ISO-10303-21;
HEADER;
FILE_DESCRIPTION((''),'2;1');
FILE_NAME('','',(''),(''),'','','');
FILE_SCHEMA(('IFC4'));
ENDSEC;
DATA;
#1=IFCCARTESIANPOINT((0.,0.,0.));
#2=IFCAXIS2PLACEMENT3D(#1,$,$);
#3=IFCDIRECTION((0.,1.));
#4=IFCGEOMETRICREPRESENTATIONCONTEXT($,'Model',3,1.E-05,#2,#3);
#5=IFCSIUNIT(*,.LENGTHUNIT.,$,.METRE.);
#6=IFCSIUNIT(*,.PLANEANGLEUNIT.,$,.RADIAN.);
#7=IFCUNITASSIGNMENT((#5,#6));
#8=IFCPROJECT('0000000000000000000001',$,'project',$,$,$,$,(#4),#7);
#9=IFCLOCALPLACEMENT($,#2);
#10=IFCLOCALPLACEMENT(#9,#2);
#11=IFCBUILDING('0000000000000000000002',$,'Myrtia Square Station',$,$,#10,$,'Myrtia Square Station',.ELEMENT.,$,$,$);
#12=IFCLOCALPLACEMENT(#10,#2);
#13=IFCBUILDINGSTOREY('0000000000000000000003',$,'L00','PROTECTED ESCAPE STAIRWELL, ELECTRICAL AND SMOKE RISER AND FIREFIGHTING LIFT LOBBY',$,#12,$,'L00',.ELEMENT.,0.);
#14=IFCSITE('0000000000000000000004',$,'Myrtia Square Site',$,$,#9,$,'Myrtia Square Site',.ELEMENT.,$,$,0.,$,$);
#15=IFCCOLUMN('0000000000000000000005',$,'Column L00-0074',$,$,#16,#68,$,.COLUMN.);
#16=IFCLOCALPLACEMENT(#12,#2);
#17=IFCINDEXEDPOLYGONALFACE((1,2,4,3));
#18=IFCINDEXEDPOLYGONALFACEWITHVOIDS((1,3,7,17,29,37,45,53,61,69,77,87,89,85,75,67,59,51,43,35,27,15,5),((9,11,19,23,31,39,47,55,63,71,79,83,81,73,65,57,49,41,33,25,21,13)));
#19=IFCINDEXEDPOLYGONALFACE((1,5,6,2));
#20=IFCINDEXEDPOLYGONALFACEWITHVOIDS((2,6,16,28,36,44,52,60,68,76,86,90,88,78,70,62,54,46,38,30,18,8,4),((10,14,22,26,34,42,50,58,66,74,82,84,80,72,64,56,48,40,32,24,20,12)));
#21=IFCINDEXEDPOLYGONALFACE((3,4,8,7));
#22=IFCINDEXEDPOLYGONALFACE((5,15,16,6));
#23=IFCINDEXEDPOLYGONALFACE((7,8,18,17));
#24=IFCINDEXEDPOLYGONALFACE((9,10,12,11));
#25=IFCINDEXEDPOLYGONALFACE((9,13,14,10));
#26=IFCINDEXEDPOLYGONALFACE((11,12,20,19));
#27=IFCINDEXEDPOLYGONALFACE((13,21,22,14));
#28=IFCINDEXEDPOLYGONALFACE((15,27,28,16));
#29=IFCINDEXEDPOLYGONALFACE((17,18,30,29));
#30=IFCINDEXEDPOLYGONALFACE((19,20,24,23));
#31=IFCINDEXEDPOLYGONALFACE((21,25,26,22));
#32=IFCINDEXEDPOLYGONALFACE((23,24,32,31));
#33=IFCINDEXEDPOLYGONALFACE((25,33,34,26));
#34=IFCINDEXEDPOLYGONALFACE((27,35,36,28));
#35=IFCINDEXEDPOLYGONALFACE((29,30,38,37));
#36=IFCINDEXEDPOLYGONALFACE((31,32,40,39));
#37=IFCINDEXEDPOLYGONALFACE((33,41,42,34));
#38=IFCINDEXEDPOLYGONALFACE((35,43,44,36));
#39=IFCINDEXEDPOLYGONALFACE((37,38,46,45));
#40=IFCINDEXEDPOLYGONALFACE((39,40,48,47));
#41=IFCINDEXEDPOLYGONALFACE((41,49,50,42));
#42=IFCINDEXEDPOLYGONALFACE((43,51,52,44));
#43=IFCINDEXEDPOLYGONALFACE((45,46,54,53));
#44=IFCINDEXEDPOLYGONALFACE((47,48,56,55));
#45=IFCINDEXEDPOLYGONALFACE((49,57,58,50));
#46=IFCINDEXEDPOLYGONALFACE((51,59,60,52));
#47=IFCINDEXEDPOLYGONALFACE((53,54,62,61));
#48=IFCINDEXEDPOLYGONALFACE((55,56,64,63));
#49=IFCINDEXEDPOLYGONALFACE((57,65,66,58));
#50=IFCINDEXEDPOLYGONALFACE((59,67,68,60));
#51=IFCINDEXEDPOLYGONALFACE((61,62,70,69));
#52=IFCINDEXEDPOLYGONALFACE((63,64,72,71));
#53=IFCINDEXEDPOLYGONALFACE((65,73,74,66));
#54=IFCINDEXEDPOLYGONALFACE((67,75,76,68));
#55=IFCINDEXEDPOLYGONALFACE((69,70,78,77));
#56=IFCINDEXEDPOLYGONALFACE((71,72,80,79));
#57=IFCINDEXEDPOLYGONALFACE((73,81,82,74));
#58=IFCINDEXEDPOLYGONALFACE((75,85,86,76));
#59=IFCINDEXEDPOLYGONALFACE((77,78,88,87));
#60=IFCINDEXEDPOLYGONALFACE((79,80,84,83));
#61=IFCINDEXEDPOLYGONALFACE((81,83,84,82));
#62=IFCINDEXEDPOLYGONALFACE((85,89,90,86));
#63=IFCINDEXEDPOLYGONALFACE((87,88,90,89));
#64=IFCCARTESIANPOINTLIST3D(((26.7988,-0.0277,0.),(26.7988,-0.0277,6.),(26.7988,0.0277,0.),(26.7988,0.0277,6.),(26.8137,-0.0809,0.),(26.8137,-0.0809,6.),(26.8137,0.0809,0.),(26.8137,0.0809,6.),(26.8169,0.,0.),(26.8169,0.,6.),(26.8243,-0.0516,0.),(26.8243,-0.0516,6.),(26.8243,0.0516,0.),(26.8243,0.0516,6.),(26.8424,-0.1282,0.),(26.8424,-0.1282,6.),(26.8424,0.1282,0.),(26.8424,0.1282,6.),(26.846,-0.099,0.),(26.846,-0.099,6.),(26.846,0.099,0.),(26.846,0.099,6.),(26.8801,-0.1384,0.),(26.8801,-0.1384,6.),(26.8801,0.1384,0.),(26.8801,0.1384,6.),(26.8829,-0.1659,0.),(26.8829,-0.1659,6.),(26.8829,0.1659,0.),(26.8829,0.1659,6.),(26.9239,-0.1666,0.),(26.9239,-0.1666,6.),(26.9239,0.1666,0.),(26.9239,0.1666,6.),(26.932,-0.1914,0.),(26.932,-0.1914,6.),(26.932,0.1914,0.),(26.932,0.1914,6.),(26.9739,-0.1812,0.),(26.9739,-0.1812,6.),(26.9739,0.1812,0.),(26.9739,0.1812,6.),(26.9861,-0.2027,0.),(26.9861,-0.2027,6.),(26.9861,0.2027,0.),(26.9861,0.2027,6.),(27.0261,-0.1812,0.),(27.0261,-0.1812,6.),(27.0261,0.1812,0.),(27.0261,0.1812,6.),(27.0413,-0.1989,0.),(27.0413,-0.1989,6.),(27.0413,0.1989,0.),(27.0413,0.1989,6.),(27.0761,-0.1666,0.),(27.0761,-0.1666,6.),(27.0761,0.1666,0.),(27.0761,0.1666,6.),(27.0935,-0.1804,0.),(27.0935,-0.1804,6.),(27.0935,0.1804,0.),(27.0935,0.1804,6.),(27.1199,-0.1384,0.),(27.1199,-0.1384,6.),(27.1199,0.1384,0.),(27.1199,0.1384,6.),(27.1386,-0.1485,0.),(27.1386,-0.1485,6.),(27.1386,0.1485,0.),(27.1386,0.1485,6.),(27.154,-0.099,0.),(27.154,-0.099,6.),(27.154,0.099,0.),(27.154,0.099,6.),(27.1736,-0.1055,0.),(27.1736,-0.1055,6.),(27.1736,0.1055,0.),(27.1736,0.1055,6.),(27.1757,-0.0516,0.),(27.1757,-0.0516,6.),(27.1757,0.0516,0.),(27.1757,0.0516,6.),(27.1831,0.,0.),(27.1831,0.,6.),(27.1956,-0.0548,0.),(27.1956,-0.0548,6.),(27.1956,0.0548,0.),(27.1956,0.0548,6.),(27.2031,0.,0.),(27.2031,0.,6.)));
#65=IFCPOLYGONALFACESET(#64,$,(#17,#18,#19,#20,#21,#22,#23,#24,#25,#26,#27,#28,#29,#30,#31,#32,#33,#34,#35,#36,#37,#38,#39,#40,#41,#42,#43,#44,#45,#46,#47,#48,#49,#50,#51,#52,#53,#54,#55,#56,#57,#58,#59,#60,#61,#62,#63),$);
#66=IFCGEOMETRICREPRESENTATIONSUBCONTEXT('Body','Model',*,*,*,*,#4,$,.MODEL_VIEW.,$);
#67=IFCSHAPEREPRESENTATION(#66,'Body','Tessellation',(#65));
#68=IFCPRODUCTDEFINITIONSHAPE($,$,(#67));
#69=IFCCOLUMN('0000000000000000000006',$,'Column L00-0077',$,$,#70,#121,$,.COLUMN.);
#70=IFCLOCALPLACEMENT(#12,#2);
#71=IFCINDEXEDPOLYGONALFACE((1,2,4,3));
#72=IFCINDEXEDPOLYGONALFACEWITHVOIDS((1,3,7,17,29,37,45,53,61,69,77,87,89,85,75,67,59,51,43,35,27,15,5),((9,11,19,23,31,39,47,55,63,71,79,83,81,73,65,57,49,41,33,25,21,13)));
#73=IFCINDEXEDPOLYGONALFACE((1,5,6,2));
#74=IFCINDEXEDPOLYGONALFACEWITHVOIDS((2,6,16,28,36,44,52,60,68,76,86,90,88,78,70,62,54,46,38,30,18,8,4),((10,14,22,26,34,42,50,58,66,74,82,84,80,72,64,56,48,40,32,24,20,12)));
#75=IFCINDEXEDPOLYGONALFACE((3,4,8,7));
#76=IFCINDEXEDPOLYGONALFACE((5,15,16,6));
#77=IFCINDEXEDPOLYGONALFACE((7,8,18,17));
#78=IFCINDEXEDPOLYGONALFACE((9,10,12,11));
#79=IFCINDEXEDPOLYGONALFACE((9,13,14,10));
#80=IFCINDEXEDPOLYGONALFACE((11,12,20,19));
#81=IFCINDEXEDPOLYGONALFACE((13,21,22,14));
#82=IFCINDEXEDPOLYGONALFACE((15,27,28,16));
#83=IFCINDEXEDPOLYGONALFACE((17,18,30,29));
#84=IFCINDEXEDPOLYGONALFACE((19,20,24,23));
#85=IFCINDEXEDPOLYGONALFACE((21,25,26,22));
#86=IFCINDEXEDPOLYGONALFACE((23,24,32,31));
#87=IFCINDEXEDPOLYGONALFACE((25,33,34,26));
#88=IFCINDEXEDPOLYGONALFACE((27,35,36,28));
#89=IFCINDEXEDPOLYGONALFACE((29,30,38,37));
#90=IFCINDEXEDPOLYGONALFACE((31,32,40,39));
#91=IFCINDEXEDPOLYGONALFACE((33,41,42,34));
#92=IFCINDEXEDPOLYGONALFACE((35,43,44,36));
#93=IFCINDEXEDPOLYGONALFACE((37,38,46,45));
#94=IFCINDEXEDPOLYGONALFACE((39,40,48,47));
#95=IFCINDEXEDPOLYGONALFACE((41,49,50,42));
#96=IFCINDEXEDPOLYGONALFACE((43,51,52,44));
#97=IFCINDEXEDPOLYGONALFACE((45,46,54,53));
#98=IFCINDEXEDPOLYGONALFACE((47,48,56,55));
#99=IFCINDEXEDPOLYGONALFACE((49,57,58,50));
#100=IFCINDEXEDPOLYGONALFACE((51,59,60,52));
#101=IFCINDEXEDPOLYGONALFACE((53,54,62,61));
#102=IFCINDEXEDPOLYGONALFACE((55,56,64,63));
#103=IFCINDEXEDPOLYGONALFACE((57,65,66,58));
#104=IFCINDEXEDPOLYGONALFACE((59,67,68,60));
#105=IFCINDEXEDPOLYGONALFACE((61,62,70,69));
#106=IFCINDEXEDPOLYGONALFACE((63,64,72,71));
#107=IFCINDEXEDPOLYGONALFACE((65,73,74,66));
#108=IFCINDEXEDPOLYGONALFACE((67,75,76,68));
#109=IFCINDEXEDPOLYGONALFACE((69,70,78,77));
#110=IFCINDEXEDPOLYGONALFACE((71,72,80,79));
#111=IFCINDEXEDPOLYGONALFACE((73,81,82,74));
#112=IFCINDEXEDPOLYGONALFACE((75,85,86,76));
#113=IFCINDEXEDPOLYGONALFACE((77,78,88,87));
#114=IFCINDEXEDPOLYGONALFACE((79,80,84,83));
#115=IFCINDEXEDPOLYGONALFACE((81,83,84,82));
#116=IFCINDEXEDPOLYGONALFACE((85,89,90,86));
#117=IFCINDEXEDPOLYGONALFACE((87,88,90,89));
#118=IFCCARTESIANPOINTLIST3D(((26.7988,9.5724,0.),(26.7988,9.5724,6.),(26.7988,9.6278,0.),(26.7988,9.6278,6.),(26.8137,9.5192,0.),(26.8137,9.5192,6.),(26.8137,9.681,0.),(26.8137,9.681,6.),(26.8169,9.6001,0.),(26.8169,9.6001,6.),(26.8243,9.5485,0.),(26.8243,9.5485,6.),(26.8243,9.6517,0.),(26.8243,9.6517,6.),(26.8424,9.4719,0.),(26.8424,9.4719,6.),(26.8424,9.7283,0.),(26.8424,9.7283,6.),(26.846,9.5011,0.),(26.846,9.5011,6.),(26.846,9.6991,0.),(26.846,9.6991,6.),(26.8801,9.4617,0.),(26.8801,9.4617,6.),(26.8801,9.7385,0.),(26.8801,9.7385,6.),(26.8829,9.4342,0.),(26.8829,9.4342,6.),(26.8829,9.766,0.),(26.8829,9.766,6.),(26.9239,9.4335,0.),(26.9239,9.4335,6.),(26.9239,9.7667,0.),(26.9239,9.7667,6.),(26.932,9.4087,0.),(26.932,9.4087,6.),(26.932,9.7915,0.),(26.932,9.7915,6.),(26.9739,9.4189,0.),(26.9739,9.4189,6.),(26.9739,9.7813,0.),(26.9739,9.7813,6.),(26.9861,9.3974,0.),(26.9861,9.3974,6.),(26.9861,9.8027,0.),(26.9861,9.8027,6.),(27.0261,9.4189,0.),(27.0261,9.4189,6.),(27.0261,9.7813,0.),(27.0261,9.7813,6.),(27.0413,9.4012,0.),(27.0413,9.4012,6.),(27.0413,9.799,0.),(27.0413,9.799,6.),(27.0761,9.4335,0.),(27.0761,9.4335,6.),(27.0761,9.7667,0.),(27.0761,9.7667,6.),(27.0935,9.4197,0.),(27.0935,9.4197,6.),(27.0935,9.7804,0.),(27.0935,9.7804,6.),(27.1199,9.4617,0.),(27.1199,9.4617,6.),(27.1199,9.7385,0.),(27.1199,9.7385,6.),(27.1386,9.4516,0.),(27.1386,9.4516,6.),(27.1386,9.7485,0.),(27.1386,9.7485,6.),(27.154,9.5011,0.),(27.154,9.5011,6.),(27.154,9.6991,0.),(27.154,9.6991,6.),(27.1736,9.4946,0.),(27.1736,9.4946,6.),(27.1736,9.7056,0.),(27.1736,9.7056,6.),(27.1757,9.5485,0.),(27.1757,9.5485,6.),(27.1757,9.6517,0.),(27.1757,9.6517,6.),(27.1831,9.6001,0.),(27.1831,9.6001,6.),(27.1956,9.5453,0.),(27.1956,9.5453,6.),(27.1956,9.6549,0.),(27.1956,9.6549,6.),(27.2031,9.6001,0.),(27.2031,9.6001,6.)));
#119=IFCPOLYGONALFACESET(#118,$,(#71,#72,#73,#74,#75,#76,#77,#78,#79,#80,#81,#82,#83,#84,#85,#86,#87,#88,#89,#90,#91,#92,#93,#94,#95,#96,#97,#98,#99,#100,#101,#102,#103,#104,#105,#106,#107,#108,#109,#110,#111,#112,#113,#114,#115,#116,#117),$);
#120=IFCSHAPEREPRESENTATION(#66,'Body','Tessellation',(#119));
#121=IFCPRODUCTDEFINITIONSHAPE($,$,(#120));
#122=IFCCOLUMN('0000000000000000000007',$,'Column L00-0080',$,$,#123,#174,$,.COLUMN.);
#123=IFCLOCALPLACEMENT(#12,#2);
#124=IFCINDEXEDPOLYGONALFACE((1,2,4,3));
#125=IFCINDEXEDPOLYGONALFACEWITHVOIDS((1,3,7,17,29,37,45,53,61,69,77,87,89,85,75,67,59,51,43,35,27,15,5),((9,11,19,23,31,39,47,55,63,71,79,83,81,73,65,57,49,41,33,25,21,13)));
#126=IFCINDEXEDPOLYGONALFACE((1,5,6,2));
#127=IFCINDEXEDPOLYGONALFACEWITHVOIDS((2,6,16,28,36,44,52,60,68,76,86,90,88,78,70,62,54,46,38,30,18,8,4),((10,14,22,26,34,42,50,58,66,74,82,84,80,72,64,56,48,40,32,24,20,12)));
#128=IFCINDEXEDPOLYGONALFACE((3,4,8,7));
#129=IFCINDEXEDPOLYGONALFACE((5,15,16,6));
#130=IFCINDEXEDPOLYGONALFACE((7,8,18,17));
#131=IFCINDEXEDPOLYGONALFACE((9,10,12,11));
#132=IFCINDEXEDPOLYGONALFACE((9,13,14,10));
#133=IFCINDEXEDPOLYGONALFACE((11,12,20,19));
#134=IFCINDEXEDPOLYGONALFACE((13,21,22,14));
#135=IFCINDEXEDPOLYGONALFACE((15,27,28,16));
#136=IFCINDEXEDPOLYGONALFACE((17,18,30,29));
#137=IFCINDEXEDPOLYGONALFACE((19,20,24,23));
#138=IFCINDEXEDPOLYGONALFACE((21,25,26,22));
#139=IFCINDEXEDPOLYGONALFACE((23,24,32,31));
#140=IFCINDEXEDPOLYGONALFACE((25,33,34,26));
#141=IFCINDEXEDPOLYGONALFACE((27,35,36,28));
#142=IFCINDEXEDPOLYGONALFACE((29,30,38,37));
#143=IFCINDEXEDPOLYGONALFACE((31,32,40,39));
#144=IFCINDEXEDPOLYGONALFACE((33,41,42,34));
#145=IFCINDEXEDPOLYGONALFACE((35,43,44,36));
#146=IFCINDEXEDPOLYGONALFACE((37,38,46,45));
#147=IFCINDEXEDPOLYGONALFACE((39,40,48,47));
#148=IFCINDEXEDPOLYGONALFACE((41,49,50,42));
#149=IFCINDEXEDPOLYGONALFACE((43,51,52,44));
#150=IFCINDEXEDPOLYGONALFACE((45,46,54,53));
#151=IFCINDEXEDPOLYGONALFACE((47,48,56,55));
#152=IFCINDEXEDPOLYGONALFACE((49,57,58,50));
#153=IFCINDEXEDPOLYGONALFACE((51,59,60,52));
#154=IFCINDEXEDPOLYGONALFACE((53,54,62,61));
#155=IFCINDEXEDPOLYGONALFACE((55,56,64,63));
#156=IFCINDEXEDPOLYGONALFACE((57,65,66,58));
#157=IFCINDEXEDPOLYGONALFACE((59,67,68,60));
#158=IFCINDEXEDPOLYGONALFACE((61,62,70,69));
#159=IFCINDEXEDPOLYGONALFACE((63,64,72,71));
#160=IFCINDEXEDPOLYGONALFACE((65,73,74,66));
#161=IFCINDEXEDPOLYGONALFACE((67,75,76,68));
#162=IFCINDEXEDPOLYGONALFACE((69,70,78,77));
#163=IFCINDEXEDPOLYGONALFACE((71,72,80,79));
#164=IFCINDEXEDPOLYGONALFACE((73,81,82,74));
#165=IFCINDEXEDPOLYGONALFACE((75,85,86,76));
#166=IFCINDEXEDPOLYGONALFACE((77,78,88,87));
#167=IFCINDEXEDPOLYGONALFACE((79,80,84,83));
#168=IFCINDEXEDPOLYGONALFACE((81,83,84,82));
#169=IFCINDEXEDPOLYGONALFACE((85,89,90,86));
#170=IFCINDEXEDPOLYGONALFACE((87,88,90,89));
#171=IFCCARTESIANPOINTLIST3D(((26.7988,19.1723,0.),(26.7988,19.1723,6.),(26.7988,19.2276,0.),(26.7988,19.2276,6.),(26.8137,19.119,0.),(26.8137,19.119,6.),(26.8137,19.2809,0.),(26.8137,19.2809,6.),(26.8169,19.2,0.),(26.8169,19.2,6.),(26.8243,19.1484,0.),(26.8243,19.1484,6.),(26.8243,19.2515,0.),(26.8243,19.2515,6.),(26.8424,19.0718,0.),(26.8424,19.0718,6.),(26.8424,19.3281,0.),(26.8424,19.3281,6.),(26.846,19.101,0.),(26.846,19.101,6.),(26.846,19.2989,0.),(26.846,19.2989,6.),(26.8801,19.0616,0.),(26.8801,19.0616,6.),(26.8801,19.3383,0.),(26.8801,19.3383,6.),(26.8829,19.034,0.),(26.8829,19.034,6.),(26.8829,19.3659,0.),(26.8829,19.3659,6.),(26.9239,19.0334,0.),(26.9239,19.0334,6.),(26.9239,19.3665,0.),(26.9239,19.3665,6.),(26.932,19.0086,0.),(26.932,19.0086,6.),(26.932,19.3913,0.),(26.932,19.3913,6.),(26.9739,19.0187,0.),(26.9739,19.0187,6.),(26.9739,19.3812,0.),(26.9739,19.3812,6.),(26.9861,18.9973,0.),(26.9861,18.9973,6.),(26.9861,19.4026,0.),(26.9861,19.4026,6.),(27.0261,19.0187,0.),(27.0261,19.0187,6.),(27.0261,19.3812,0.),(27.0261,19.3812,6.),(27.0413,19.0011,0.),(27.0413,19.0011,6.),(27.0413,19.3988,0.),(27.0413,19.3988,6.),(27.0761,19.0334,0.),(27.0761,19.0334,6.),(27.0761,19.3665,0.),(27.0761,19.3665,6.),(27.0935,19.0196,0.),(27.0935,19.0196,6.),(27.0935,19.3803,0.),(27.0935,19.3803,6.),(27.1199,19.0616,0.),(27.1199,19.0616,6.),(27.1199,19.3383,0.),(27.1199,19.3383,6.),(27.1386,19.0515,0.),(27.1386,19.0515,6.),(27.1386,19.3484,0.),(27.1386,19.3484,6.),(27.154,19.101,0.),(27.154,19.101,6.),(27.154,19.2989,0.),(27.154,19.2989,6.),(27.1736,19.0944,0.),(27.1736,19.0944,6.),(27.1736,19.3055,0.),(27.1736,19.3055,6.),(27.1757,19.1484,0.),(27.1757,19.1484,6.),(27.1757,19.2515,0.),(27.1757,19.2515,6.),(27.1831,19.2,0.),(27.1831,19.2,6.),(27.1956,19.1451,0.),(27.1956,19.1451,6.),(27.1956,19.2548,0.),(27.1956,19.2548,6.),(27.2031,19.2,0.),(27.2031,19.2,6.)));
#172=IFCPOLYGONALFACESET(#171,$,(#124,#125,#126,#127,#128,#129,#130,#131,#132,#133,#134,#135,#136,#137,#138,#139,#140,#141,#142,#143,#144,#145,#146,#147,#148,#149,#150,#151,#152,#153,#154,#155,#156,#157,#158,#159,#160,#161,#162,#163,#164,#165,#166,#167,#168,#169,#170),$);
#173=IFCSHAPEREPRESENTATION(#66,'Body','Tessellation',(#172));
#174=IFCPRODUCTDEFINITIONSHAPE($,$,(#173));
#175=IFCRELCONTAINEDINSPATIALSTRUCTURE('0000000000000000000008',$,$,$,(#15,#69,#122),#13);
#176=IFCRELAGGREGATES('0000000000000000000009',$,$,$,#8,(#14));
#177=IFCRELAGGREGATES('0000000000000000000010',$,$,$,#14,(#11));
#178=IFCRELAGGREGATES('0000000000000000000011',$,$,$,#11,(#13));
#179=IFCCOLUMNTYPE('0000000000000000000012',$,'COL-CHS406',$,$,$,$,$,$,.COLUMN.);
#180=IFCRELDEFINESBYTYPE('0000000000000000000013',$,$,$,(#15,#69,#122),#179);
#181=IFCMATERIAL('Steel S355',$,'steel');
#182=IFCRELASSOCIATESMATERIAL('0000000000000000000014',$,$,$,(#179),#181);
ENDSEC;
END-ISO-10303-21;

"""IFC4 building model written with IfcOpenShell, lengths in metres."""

from ifc_helpers import new_model, si_unit, direction, frame, origin, origin_2d, place, context, subcontext, project, spatial, hollow_circle, extrude, material, material_profile, profile_set, type_object, element, save


model = new_model("IFC4")

# Units and contexts
model_context = context("Model", 3, precision=1e-05, world=origin(), true_north=direction((0.0, 1.0)))
body_context = subcontext(model_context, "Body", "Model", "MODEL_VIEW")
ifc_project = project(units=[si_unit("LENGTHUNIT", "METRE"), si_unit("PLANEANGLEUNIT", "RADIAN")], contexts=[model_context])

# Site, building, storey
site_placement = place(None, origin())
site = spatial("IfcSite", under=ifc_project, at=site_placement, Name="Myrtia Square Site", LongName="Myrtia Square Site", CompositionType="ELEMENT", RefElevation=0.0)
building_placement = place(site_placement, origin())
building = spatial("IfcBuilding", under=site, at=building_placement, Name="Myrtia Square Station", LongName="Myrtia Square Station", CompositionType="ELEMENT")
storey_placement = place(building_placement, origin())
storey = spatial("IfcBuildingStorey", under=building, at=storey_placement, Name="L00", Description="PROTECTED ESCAPE STAIRWELL, ELECTRICAL AND SMOKE RISER AND FIREFIGHTING LIFT LOBBY", LongName="L00", CompositionType="ELEMENT", Elevation=0.0)

# Columns
ifc_material_1 = material(Name="Steel S355", Category="steel")
ifc_material_profile_1 = material_profile(ifc_material_1, hollow_circle(Radius=0.2031, WallThickness=0.02, at=origin_2d()), Name="CHS 406.4x20")
ifc_profile_set_1 = profile_set([ifc_material_profile_1], Name="Steel S355")
column_type = type_object("IfcColumnType", Name="COL-CHS406", PredefinedType="COLUMN", material=ifc_profile_set_1)
for number, where, z_axis, x_axis, name in (
    (1, (27.0, 0.0, 0.0), (0.0, 0.0, 1.0), (1.0, 0.0, 0.0), "Column L00-0074"),
    (2, (27.0, 9.6001, 0.0), (0.0, 0.0, 1.0), (1.0, 0.0, 0.0), "Column L00-0077"),
    (3, (27.0, 19.2, 0.0), (0.0, 0.0, 1.0), (1.0, 0.0, 0.0), "Column L00-0080"),
):
    element("IfcColumn", number, at=place(storey_placement, frame(where, z_axis=z_axis, x_axis=x_axis)), inside=storey, type_object=column_type, Name=name, PredefinedType="COLUMN", context=body_context, shape_type="SweptSolid", body=[
        extrude(hollow_circle(Radius=0.2031, WallThickness=0.02, at=origin_2d()), origin(), (0.0, 0.0, 1.0), 6.0),
    ])

save(model, "model.ifc")
